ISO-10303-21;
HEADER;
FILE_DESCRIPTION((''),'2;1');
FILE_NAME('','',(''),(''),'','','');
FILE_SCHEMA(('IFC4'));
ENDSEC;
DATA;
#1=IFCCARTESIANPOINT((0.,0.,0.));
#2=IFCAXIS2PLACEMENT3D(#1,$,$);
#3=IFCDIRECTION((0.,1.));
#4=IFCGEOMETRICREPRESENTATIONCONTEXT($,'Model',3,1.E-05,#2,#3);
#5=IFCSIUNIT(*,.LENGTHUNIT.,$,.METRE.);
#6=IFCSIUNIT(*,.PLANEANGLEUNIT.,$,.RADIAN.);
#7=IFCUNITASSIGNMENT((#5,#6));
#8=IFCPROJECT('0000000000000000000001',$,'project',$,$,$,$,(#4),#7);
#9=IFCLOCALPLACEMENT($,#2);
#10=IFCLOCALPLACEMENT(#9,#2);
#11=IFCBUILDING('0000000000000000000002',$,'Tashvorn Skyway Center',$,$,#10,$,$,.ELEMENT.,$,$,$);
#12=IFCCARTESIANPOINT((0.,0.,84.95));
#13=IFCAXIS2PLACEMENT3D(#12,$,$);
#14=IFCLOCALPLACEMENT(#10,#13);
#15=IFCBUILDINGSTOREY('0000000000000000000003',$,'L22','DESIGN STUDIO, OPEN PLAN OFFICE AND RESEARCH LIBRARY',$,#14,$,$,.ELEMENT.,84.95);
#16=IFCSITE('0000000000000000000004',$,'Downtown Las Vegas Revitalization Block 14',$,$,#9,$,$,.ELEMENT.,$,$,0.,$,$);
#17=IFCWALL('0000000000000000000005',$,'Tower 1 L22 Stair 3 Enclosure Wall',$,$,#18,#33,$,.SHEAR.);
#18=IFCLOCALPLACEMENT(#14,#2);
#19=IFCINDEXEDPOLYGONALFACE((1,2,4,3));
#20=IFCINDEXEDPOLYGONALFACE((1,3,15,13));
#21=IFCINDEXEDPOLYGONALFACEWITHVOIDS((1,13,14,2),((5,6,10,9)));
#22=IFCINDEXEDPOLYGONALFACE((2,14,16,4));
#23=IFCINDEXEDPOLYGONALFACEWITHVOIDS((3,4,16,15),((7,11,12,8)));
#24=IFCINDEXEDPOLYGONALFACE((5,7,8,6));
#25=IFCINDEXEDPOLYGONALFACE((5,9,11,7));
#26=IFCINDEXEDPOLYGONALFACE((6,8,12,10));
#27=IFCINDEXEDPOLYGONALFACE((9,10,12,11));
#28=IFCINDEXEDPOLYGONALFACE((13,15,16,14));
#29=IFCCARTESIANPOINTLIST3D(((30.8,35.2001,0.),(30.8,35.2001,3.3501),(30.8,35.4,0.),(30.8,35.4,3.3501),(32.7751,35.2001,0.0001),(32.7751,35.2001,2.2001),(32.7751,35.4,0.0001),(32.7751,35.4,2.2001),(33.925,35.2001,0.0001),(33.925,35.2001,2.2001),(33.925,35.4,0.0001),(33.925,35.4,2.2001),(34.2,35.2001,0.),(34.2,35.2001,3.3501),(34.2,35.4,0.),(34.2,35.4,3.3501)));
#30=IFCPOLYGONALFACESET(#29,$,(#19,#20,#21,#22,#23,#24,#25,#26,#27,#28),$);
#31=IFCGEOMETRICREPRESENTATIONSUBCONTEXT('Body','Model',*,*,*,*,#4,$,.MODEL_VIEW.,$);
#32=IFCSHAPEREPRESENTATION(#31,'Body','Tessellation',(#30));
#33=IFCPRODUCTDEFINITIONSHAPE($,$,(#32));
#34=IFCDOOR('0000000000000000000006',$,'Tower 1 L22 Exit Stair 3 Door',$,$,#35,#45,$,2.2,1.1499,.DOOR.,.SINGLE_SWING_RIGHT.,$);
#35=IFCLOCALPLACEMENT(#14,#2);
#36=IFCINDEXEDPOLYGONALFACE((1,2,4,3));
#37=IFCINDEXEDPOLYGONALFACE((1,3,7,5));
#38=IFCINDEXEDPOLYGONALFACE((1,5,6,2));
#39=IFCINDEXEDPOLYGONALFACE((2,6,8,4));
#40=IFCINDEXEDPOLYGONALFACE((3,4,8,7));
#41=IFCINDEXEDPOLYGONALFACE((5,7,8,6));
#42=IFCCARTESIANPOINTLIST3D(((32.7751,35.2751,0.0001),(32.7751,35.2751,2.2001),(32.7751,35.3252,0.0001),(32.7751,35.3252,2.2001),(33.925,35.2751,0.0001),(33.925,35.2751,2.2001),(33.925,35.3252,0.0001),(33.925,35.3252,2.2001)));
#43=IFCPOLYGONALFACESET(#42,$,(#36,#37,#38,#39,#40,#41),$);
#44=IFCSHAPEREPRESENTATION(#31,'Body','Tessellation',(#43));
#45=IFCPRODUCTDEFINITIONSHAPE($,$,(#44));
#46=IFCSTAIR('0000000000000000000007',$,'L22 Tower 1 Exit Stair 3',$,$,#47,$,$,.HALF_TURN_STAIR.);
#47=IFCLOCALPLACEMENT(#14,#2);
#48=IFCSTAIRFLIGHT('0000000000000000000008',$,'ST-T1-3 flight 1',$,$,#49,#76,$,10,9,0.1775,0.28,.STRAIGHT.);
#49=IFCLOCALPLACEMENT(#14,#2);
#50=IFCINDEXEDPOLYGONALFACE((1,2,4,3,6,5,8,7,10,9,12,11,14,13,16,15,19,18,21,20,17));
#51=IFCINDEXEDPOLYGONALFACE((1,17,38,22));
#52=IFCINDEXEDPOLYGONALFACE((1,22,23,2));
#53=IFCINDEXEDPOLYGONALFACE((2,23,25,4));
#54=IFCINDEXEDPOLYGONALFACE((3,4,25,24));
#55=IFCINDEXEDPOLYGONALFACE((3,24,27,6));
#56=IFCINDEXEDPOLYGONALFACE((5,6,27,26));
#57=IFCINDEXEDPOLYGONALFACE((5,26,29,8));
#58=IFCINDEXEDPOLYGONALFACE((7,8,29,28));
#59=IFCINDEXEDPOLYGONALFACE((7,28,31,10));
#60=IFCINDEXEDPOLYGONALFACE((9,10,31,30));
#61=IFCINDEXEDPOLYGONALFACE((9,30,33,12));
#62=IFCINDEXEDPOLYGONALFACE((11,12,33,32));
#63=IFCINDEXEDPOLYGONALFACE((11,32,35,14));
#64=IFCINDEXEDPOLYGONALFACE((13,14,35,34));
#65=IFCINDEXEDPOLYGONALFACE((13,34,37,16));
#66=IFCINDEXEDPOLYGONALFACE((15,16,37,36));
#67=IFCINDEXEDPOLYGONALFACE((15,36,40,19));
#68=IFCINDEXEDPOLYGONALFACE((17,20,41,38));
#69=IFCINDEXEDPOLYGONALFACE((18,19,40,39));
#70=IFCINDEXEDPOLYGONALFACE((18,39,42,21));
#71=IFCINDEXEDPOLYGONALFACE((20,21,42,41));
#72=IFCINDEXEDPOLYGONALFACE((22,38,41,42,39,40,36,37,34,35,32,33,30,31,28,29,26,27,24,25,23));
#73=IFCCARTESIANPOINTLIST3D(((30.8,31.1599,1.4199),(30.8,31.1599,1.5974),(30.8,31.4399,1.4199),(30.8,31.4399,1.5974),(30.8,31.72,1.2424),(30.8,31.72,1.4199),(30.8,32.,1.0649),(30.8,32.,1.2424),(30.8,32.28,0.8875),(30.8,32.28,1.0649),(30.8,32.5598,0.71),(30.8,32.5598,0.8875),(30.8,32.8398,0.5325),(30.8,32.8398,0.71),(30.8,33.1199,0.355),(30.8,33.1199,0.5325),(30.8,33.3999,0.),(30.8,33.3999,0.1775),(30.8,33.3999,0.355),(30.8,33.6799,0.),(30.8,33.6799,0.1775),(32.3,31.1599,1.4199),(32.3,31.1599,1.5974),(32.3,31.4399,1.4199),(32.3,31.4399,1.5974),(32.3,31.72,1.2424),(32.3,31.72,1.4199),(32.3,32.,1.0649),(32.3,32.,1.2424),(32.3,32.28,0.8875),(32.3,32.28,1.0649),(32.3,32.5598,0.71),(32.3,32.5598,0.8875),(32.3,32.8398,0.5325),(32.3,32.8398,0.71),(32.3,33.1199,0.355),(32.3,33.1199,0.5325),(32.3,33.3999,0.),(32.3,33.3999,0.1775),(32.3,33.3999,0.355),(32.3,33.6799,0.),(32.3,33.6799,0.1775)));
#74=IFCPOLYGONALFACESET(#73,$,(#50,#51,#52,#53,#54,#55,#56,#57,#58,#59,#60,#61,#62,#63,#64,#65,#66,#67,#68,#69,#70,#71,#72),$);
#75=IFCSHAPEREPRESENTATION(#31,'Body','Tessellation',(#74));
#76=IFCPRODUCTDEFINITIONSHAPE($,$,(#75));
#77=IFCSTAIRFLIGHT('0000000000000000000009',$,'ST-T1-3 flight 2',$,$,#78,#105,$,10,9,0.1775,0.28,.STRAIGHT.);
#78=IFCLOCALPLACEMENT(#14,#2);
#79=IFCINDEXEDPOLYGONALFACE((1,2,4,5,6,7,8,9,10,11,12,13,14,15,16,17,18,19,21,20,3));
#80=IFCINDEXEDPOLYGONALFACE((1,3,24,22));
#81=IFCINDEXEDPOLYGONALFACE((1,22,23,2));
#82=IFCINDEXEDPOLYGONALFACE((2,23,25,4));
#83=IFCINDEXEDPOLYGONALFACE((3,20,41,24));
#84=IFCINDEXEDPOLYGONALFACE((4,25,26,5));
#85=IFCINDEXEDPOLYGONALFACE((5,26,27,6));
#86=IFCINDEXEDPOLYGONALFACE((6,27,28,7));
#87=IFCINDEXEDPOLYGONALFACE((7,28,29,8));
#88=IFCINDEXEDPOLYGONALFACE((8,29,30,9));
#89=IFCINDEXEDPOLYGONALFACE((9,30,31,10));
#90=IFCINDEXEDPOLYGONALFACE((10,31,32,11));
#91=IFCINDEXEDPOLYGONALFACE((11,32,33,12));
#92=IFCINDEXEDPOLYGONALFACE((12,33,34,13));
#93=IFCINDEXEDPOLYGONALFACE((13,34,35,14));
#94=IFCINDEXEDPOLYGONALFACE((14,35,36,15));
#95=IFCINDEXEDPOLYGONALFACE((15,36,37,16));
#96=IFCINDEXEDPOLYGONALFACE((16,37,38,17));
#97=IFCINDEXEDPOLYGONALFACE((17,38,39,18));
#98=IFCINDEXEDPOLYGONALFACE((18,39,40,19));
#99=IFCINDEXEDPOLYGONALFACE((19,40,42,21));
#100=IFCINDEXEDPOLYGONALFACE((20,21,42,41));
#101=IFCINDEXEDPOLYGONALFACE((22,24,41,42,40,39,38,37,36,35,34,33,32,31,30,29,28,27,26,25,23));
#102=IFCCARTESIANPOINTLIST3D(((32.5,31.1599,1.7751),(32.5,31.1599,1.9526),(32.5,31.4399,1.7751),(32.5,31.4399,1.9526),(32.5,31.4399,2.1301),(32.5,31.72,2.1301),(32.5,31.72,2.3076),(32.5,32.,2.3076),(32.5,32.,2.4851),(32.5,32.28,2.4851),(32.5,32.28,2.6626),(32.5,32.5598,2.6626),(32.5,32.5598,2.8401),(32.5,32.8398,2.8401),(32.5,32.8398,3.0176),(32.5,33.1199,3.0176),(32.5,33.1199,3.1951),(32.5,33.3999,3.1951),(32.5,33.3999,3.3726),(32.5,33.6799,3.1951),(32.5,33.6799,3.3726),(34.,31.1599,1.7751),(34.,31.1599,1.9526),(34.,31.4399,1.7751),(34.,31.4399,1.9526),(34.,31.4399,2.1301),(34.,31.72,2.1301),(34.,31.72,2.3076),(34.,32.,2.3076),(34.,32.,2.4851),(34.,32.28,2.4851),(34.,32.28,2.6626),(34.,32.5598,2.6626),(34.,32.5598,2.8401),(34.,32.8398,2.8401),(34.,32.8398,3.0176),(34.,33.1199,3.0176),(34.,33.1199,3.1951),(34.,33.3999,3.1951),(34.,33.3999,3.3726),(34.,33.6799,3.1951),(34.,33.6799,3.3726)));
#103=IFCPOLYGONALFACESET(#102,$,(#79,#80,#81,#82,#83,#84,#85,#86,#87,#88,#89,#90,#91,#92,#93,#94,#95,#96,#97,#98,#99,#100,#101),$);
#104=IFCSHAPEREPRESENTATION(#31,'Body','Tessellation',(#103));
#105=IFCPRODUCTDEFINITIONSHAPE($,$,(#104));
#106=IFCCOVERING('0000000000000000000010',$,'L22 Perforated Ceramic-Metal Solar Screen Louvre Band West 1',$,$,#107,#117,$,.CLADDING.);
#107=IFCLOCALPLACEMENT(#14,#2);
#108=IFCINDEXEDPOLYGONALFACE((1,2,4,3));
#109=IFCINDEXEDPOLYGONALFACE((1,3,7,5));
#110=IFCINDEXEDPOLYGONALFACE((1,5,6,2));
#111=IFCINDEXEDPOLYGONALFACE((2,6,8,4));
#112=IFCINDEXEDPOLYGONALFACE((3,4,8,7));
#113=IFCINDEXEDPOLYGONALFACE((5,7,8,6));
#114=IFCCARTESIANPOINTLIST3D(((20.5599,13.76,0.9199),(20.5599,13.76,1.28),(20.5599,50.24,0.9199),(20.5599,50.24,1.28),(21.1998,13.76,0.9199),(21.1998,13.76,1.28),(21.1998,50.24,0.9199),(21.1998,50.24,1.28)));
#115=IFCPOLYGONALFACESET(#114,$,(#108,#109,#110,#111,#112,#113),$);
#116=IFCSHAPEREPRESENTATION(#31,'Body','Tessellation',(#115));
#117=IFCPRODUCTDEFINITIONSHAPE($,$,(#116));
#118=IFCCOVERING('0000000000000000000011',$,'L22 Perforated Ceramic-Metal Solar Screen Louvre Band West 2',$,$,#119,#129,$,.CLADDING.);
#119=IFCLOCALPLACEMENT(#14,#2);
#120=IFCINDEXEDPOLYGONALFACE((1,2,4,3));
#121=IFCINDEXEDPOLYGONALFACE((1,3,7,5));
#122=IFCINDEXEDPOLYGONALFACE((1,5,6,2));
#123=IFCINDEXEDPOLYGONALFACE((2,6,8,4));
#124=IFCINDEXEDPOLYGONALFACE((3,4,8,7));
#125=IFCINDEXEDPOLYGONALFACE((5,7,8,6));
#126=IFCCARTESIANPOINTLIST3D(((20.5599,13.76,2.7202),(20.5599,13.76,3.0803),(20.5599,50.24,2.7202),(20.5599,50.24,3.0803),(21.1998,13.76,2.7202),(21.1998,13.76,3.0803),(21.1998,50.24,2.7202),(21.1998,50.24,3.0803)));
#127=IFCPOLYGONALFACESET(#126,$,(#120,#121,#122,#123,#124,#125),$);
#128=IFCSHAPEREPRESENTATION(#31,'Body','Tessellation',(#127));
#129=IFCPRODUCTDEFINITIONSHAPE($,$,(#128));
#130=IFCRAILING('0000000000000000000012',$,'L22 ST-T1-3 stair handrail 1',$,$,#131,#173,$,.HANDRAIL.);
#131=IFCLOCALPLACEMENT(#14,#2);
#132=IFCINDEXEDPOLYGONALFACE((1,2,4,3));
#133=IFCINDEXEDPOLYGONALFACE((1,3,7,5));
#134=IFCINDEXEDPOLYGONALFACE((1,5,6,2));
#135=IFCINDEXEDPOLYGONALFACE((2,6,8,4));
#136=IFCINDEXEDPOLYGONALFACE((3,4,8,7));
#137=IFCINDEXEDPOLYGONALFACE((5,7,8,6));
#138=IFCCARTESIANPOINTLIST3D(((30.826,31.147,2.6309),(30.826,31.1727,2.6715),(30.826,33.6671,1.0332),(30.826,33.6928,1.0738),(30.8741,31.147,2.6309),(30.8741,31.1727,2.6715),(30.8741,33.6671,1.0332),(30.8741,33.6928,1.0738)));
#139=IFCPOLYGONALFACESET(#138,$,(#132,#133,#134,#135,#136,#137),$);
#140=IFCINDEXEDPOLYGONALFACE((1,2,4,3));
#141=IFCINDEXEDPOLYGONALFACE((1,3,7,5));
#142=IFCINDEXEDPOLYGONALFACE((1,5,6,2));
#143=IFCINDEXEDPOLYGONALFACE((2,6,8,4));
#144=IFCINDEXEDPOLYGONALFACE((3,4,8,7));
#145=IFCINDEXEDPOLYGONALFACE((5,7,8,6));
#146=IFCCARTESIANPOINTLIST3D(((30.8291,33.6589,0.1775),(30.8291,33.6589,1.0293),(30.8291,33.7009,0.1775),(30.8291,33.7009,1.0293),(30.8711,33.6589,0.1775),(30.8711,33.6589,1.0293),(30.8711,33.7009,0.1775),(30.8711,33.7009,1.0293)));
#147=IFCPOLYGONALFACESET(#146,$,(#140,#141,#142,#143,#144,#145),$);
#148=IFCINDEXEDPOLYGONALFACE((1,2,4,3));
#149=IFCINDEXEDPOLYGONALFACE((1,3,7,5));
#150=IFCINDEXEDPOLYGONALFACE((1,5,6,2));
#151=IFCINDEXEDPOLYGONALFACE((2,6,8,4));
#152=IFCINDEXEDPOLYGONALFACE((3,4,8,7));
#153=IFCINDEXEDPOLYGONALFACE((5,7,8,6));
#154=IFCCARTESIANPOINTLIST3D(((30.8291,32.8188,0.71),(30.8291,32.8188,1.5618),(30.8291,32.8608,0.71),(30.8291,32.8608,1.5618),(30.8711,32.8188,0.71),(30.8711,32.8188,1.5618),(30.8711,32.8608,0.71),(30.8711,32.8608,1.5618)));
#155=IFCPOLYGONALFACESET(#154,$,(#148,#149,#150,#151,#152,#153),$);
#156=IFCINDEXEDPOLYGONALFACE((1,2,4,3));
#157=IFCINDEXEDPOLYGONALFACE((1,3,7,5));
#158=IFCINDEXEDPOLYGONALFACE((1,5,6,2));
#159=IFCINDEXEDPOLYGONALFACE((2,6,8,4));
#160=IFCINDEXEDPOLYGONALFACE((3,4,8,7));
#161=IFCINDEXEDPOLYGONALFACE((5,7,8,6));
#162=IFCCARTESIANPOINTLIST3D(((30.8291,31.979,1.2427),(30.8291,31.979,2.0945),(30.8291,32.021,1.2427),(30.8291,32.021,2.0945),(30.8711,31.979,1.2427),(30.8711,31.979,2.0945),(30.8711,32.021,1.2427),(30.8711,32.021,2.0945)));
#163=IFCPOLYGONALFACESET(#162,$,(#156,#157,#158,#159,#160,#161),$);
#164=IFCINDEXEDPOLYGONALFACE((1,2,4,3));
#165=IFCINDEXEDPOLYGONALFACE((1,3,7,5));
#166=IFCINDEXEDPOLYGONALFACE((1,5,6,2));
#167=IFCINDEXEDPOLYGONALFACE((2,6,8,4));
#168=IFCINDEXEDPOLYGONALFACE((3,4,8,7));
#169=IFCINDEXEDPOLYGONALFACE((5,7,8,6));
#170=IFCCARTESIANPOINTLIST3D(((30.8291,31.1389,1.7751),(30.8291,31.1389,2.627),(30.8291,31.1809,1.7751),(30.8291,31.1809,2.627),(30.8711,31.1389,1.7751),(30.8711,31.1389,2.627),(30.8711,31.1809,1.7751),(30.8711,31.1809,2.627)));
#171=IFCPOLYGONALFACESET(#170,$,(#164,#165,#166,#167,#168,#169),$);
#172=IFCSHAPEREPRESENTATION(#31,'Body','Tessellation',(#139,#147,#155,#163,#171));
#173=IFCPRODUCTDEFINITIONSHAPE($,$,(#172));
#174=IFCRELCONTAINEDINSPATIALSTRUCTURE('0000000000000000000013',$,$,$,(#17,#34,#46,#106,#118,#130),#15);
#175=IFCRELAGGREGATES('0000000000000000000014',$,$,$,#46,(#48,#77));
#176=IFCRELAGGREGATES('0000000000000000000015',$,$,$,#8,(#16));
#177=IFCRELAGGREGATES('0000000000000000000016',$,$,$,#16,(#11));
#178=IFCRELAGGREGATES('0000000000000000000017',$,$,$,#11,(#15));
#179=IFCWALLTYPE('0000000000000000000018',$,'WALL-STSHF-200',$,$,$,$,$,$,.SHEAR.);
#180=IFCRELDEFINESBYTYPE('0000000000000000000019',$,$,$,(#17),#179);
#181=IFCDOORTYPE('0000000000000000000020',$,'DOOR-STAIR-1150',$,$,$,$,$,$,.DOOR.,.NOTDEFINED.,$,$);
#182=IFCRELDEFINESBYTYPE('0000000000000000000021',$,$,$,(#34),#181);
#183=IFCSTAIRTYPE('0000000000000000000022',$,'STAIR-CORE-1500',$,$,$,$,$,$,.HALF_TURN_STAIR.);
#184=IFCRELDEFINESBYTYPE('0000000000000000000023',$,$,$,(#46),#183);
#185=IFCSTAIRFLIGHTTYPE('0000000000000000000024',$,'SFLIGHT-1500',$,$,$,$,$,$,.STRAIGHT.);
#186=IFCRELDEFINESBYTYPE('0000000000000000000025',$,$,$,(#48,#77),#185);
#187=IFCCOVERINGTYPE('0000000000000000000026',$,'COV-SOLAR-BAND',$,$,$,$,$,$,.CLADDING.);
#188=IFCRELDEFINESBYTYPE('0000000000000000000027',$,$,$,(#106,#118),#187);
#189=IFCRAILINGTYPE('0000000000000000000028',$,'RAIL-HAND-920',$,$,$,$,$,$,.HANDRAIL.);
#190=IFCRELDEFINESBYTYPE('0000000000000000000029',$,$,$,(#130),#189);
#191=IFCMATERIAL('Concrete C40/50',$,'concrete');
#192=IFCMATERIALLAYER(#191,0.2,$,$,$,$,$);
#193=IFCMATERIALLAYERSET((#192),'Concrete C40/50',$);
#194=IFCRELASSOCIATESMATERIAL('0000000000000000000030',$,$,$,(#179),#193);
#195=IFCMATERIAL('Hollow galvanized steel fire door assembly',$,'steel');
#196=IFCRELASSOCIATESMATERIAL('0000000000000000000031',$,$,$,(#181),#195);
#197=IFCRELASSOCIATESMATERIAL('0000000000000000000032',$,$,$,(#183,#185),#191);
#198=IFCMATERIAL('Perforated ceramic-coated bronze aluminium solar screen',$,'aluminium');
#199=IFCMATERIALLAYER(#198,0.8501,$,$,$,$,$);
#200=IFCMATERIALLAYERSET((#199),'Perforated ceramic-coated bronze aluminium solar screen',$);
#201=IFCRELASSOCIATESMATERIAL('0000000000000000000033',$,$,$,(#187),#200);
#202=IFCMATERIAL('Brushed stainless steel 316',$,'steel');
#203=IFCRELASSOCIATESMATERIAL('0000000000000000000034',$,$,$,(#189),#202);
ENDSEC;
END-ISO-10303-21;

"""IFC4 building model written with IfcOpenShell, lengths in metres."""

from ifc_helpers import new_model, si_unit, direction, frame, frame_2d, origin, origin_2d, place, context, subcontext, project, spatial, polyline, rectangle, outline, extrude, material, layer, layer_set, type_object, element, fill, aggregate, save


model = new_model("IFC4")

# Units and contexts
model_context = context("Model", 3, precision=1e-05, world=origin(), true_north=direction((0.0, 1.0)))
body_context = subcontext(model_context, "Body", "Model", "MODEL_VIEW")
ifc_project = project(units=[si_unit("LENGTHUNIT", "METRE"), si_unit("PLANEANGLEUNIT", "RADIAN")], contexts=[model_context])

# Site, building, storey
site_placement = place(None, origin())
site = spatial("IfcSite", under=ifc_project, at=site_placement, Name="Downtown Las Vegas Revitalization Block 14", CompositionType="ELEMENT", RefElevation=0.0)
building_placement = place(site_placement, origin())
building = spatial("IfcBuilding", under=site, at=building_placement, Name="Tashvorn Skyway Center", CompositionType="ELEMENT")
storey_placement = place(building_placement, frame((0.0, 0.0, 84.95)))
storey = spatial("IfcBuildingStorey", under=building, at=storey_placement, Name="L22", Description="DESIGN STUDIO, OPEN PLAN OFFICE AND RESEARCH LIBRARY", CompositionType="ELEMENT", Elevation=84.95)

# Shared definitions
ifc_material_1 = material(Name="Concrete C40/50", Category="concrete")
ifc_layer_1 = layer(ifc_material_1, 0.2)
ifc_layer_set_1 = layer_set([ifc_layer_1], Name="Concrete C40/50")
wall_type_1 = type_object("IfcWallType", Name="WALL-STSHF-200", PredefinedType="SHEAR", material=ifc_layer_set_1)

# Wall, opening, door
wall_1_placement = place(storey_placement, frame((34.2, 35.3, 0.0), z_axis=(0.0, 0.0, 1.0), x_axis=(-1.0, 0.0, 0.0)))
wall_1 = element("IfcWall", 1, at=wall_1_placement, inside=storey, type_object=wall_type_1, Name="Tower 1 L22 Stair 3 Enclosure Wall", PredefinedType="SHEAR", context=body_context, shape_type="SweptSolid", body=[
    extrude(rectangle(XDim=3.3999, YDim=0.2, at=frame_2d((1.7, 0.0))), origin(), (0.0, 0.0, 1.0), 3.3501),
])
opening_placement = place(wall_1_placement, frame((0.2749, 0.0, 0.0)))
opening = element("IfcOpeningElement", 2, at=opening_placement, cuts=wall_1, PredefinedType="OPENING", context=body_context, shape_type="SweptSolid", body=[
    extrude(rectangle(XDim=1.1499, YDim=2.2, at=frame_2d((0.575, 1.1001))), frame((0.0, 0.1099, 0.0), z_axis=(0.0, -1.0, 0.0), x_axis=(1.0, 0.0, 0.0)), (0.0, 0.0, 1.0), 0.22),
])
ifc_material_2 = material(Name="Hollow galvanized steel fire door assembly", Category="steel")
door_type = type_object("IfcDoorType", Name="DOOR-STAIR-1150", OperationType="NOTDEFINED", PredefinedType="DOOR", material=ifc_material_2)
door_placement = place(opening_placement, origin())
door = element("IfcDoor", 3, at=door_placement, inside=storey, type_object=door_type, Name="Tower 1 L22 Exit Stair 3 Door", OperationType="SINGLE_SWING_RIGHT", OverallHeight=2.2, OverallWidth=1.1499, PredefinedType="DOOR", context=body_context, shape_type="SweptSolid", body=[
    extrude(rectangle(XDim=1.1499, YDim=2.2, at=frame_2d((0.575, 1.1001))), frame((0.0, 0.0249, 0.0), z_axis=(0.0, -1.0, 0.0), x_axis=(1.0, 0.0, 0.0)), (0.0, 0.0, 1.0), 0.05),
])
fill(opening, door)

# Stair, stair flights
stair_type = type_object("IfcStairType", Name="STAIR-CORE-1500", PredefinedType="HALF_TURN_STAIR", material=ifc_material_1)
stair_placement = place(storey_placement, origin())
stair = element("IfcStair", 4, at=stair_placement, inside=storey, type_object=stair_type, Name="L22 Tower 1 Exit Stair 3", PredefinedType="HALF_TURN_STAIR")
stair_flight_type = type_object("IfcStairFlightType", Name="SFLIGHT-1500", PredefinedType="STRAIGHT", material=ifc_material_1)
stair_flight_1_placement = place(storey_placement, frame((31.55, 33.6799, 0.0), z_axis=(0.0, 0.0, 1.0), x_axis=(0.0, -1.0, 0.0)))
stair_flight_1 = element("IfcStairFlight", 5, at=stair_flight_1_placement, type_object=stair_flight_type, Name="ST-T1-3 flight 1", NumberOfRisers=10, NumberOfTreads=9, PredefinedType="STRAIGHT", RiserHeight=0.1775, TreadLength=0.28, context=body_context, shape_type="SweptSolid", body=[
    extrude(outline(polyline([(0.0, 0.0), (0.0, 0.1775), (0.28, 0.1775), (0.28, 0.355), (0.5601, 0.355), (0.5601, 0.5325), (0.8401, 0.5325), (0.8401, 0.71), (1.1201, 0.71), (1.1201, 0.8875), (1.3999, 0.8875), (1.3999, 1.0649), (1.6799, 1.0649), (1.6799, 1.2424), (1.96, 1.2424), (1.96, 1.4199), (2.24, 1.4199), (2.24, 1.5974), (2.52, 1.5974), (2.52, 1.7749), (2.52, 1.4199), (0.28, 0.0), (0.0, 0.0)])), frame((0.0, 0.75, 0.0), z_axis=(0.0, -1.0, 0.0), x_axis=(1.0, 0.0, 0.0)), (0.0, 0.0, 1.0), 1.5),
])
stair_flight_2_placement = place(storey_placement, frame((33.25, 31.1599, 1.7751), z_axis=(0.0, 0.0, 1.0), x_axis=(0.0, 1.0, 0.0)))
stair_flight_2 = element("IfcStairFlight", 6, at=stair_flight_2_placement, type_object=stair_flight_type, Name="ST-T1-3 flight 2", NumberOfRisers=10, NumberOfTreads=9, PredefinedType="STRAIGHT", RiserHeight=0.1775, TreadLength=0.28, context=body_context, shape_type="SweptSolid", body=[
    extrude(outline(polyline([(0.0, 0.0), (0.0, 0.1775), (0.28, 0.1775), (0.28, 0.355), (0.5601, 0.355), (0.5601, 0.5325), (0.8401, 0.5325), (0.8401, 0.71), (1.1201, 0.71), (1.1201, 0.8875), (1.3999, 0.8875), (1.3999, 1.0649), (1.6799, 1.0649), (1.6799, 1.2424), (1.96, 1.2424), (1.96, 1.4199), (2.24, 1.4199), (2.24, 1.5974), (2.52, 1.5974), (2.52, 1.7749), (2.52, 1.4199), (0.28, 0.0), (0.0, 0.0)])), frame((0.0, 0.75, 0.0), z_axis=(0.0, -1.0, 0.0), x_axis=(1.0, 0.0, 0.0)), (0.0, 0.0, 1.0), 1.5),
])
aggregate(stair, [stair_flight_1, stair_flight_2])

# Coverings
ifc_material_3 = material(Name="Perforated ceramic-coated bronze aluminium solar screen", Category="aluminium")
ifc_layer_2 = layer(ifc_material_3, 0.8501)
ifc_layer_set_2 = layer_set([ifc_layer_2], Name="Perforated ceramic-coated bronze aluminium solar screen")
covering_type = type_object("IfcCoveringType", Name="COV-SOLAR-BAND", PredefinedType="CLADDING", material=ifc_layer_set_2)
for number, where, z_axis, x_axis, name in (
    (7, (20.8799, 32.0, 0.9199), (0.0, 0.0, 1.0), (0.0, 1.0, 0.0), "L22 Perforated Ceramic-Metal Solar Screen Louvre Band West 1"),
    (8, (20.8799, 32.0, 2.7202), (0.0, 0.0, 1.0), (0.0, 1.0, 0.0), "L22 Perforated Ceramic-Metal Solar Screen Louvre Band West 2"),
):
    element("IfcCovering", number, at=place(storey_placement, frame(where, z_axis=z_axis, x_axis=x_axis)), inside=storey, type_object=covering_type, Name=name, PredefinedType="CLADDING", context=body_context, shape_type="SweptSolid", body=[
        extrude(rectangle(XDim=36.48, YDim=0.6399, at=origin_2d()), origin(), (0.0, 0.0, 1.0), 0.3601),
    ])

# Railing
ifc_material_4 = material(Name="Brushed stainless steel 316", Category="steel")
railing_type_1 = type_object("IfcRailingType", Name="RAIL-HAND-920", PredefinedType="HANDRAIL", material=ifc_material_4)
railing_1_placement = place(storey_placement, frame((30.8501, 33.6799, 0.1775)))
element("IfcRailing", 9, at=railing_1_placement, inside=storey, type_object=railing_type_1, Name="L22 ST-T1-3 stair handrail 1", PredefinedType="HANDRAIL", context=body_context, shape_type="SweptSolid", body=[
    extrude(rectangle(XDim=0.0481, YDim=0.0481, at=origin_2d()), frame((0.0, 0.0, 0.876), z_axis=(0.0, -0.84457, 0.535445), x_axis=(1.0, 0.0, 0.0)), (0.0, 0.0, 1.0), 2.9839),
    extrude(rectangle(XDim=0.042, YDim=0.042, at=origin_2d()), origin(), (0.0, 0.0, 1.0), 0.8518),
    extrude(rectangle(XDim=0.042, YDim=0.042, at=origin_2d()), frame((0.0, -0.8401, 0.5325)), (0.0, 0.0, 1.0), 0.8518),
    extrude(rectangle(XDim=0.042, YDim=0.042, at=origin_2d()), frame((0.0, -1.6799, 1.0652)), (0.0, 0.0, 1.0), 0.8518),
    extrude(rectangle(XDim=0.042, YDim=0.042, at=origin_2d()), frame((0.0, -2.52, 1.5977)), (0.0, 0.0, 1.0), 0.8518),
])

save(model, "model.ifc")
